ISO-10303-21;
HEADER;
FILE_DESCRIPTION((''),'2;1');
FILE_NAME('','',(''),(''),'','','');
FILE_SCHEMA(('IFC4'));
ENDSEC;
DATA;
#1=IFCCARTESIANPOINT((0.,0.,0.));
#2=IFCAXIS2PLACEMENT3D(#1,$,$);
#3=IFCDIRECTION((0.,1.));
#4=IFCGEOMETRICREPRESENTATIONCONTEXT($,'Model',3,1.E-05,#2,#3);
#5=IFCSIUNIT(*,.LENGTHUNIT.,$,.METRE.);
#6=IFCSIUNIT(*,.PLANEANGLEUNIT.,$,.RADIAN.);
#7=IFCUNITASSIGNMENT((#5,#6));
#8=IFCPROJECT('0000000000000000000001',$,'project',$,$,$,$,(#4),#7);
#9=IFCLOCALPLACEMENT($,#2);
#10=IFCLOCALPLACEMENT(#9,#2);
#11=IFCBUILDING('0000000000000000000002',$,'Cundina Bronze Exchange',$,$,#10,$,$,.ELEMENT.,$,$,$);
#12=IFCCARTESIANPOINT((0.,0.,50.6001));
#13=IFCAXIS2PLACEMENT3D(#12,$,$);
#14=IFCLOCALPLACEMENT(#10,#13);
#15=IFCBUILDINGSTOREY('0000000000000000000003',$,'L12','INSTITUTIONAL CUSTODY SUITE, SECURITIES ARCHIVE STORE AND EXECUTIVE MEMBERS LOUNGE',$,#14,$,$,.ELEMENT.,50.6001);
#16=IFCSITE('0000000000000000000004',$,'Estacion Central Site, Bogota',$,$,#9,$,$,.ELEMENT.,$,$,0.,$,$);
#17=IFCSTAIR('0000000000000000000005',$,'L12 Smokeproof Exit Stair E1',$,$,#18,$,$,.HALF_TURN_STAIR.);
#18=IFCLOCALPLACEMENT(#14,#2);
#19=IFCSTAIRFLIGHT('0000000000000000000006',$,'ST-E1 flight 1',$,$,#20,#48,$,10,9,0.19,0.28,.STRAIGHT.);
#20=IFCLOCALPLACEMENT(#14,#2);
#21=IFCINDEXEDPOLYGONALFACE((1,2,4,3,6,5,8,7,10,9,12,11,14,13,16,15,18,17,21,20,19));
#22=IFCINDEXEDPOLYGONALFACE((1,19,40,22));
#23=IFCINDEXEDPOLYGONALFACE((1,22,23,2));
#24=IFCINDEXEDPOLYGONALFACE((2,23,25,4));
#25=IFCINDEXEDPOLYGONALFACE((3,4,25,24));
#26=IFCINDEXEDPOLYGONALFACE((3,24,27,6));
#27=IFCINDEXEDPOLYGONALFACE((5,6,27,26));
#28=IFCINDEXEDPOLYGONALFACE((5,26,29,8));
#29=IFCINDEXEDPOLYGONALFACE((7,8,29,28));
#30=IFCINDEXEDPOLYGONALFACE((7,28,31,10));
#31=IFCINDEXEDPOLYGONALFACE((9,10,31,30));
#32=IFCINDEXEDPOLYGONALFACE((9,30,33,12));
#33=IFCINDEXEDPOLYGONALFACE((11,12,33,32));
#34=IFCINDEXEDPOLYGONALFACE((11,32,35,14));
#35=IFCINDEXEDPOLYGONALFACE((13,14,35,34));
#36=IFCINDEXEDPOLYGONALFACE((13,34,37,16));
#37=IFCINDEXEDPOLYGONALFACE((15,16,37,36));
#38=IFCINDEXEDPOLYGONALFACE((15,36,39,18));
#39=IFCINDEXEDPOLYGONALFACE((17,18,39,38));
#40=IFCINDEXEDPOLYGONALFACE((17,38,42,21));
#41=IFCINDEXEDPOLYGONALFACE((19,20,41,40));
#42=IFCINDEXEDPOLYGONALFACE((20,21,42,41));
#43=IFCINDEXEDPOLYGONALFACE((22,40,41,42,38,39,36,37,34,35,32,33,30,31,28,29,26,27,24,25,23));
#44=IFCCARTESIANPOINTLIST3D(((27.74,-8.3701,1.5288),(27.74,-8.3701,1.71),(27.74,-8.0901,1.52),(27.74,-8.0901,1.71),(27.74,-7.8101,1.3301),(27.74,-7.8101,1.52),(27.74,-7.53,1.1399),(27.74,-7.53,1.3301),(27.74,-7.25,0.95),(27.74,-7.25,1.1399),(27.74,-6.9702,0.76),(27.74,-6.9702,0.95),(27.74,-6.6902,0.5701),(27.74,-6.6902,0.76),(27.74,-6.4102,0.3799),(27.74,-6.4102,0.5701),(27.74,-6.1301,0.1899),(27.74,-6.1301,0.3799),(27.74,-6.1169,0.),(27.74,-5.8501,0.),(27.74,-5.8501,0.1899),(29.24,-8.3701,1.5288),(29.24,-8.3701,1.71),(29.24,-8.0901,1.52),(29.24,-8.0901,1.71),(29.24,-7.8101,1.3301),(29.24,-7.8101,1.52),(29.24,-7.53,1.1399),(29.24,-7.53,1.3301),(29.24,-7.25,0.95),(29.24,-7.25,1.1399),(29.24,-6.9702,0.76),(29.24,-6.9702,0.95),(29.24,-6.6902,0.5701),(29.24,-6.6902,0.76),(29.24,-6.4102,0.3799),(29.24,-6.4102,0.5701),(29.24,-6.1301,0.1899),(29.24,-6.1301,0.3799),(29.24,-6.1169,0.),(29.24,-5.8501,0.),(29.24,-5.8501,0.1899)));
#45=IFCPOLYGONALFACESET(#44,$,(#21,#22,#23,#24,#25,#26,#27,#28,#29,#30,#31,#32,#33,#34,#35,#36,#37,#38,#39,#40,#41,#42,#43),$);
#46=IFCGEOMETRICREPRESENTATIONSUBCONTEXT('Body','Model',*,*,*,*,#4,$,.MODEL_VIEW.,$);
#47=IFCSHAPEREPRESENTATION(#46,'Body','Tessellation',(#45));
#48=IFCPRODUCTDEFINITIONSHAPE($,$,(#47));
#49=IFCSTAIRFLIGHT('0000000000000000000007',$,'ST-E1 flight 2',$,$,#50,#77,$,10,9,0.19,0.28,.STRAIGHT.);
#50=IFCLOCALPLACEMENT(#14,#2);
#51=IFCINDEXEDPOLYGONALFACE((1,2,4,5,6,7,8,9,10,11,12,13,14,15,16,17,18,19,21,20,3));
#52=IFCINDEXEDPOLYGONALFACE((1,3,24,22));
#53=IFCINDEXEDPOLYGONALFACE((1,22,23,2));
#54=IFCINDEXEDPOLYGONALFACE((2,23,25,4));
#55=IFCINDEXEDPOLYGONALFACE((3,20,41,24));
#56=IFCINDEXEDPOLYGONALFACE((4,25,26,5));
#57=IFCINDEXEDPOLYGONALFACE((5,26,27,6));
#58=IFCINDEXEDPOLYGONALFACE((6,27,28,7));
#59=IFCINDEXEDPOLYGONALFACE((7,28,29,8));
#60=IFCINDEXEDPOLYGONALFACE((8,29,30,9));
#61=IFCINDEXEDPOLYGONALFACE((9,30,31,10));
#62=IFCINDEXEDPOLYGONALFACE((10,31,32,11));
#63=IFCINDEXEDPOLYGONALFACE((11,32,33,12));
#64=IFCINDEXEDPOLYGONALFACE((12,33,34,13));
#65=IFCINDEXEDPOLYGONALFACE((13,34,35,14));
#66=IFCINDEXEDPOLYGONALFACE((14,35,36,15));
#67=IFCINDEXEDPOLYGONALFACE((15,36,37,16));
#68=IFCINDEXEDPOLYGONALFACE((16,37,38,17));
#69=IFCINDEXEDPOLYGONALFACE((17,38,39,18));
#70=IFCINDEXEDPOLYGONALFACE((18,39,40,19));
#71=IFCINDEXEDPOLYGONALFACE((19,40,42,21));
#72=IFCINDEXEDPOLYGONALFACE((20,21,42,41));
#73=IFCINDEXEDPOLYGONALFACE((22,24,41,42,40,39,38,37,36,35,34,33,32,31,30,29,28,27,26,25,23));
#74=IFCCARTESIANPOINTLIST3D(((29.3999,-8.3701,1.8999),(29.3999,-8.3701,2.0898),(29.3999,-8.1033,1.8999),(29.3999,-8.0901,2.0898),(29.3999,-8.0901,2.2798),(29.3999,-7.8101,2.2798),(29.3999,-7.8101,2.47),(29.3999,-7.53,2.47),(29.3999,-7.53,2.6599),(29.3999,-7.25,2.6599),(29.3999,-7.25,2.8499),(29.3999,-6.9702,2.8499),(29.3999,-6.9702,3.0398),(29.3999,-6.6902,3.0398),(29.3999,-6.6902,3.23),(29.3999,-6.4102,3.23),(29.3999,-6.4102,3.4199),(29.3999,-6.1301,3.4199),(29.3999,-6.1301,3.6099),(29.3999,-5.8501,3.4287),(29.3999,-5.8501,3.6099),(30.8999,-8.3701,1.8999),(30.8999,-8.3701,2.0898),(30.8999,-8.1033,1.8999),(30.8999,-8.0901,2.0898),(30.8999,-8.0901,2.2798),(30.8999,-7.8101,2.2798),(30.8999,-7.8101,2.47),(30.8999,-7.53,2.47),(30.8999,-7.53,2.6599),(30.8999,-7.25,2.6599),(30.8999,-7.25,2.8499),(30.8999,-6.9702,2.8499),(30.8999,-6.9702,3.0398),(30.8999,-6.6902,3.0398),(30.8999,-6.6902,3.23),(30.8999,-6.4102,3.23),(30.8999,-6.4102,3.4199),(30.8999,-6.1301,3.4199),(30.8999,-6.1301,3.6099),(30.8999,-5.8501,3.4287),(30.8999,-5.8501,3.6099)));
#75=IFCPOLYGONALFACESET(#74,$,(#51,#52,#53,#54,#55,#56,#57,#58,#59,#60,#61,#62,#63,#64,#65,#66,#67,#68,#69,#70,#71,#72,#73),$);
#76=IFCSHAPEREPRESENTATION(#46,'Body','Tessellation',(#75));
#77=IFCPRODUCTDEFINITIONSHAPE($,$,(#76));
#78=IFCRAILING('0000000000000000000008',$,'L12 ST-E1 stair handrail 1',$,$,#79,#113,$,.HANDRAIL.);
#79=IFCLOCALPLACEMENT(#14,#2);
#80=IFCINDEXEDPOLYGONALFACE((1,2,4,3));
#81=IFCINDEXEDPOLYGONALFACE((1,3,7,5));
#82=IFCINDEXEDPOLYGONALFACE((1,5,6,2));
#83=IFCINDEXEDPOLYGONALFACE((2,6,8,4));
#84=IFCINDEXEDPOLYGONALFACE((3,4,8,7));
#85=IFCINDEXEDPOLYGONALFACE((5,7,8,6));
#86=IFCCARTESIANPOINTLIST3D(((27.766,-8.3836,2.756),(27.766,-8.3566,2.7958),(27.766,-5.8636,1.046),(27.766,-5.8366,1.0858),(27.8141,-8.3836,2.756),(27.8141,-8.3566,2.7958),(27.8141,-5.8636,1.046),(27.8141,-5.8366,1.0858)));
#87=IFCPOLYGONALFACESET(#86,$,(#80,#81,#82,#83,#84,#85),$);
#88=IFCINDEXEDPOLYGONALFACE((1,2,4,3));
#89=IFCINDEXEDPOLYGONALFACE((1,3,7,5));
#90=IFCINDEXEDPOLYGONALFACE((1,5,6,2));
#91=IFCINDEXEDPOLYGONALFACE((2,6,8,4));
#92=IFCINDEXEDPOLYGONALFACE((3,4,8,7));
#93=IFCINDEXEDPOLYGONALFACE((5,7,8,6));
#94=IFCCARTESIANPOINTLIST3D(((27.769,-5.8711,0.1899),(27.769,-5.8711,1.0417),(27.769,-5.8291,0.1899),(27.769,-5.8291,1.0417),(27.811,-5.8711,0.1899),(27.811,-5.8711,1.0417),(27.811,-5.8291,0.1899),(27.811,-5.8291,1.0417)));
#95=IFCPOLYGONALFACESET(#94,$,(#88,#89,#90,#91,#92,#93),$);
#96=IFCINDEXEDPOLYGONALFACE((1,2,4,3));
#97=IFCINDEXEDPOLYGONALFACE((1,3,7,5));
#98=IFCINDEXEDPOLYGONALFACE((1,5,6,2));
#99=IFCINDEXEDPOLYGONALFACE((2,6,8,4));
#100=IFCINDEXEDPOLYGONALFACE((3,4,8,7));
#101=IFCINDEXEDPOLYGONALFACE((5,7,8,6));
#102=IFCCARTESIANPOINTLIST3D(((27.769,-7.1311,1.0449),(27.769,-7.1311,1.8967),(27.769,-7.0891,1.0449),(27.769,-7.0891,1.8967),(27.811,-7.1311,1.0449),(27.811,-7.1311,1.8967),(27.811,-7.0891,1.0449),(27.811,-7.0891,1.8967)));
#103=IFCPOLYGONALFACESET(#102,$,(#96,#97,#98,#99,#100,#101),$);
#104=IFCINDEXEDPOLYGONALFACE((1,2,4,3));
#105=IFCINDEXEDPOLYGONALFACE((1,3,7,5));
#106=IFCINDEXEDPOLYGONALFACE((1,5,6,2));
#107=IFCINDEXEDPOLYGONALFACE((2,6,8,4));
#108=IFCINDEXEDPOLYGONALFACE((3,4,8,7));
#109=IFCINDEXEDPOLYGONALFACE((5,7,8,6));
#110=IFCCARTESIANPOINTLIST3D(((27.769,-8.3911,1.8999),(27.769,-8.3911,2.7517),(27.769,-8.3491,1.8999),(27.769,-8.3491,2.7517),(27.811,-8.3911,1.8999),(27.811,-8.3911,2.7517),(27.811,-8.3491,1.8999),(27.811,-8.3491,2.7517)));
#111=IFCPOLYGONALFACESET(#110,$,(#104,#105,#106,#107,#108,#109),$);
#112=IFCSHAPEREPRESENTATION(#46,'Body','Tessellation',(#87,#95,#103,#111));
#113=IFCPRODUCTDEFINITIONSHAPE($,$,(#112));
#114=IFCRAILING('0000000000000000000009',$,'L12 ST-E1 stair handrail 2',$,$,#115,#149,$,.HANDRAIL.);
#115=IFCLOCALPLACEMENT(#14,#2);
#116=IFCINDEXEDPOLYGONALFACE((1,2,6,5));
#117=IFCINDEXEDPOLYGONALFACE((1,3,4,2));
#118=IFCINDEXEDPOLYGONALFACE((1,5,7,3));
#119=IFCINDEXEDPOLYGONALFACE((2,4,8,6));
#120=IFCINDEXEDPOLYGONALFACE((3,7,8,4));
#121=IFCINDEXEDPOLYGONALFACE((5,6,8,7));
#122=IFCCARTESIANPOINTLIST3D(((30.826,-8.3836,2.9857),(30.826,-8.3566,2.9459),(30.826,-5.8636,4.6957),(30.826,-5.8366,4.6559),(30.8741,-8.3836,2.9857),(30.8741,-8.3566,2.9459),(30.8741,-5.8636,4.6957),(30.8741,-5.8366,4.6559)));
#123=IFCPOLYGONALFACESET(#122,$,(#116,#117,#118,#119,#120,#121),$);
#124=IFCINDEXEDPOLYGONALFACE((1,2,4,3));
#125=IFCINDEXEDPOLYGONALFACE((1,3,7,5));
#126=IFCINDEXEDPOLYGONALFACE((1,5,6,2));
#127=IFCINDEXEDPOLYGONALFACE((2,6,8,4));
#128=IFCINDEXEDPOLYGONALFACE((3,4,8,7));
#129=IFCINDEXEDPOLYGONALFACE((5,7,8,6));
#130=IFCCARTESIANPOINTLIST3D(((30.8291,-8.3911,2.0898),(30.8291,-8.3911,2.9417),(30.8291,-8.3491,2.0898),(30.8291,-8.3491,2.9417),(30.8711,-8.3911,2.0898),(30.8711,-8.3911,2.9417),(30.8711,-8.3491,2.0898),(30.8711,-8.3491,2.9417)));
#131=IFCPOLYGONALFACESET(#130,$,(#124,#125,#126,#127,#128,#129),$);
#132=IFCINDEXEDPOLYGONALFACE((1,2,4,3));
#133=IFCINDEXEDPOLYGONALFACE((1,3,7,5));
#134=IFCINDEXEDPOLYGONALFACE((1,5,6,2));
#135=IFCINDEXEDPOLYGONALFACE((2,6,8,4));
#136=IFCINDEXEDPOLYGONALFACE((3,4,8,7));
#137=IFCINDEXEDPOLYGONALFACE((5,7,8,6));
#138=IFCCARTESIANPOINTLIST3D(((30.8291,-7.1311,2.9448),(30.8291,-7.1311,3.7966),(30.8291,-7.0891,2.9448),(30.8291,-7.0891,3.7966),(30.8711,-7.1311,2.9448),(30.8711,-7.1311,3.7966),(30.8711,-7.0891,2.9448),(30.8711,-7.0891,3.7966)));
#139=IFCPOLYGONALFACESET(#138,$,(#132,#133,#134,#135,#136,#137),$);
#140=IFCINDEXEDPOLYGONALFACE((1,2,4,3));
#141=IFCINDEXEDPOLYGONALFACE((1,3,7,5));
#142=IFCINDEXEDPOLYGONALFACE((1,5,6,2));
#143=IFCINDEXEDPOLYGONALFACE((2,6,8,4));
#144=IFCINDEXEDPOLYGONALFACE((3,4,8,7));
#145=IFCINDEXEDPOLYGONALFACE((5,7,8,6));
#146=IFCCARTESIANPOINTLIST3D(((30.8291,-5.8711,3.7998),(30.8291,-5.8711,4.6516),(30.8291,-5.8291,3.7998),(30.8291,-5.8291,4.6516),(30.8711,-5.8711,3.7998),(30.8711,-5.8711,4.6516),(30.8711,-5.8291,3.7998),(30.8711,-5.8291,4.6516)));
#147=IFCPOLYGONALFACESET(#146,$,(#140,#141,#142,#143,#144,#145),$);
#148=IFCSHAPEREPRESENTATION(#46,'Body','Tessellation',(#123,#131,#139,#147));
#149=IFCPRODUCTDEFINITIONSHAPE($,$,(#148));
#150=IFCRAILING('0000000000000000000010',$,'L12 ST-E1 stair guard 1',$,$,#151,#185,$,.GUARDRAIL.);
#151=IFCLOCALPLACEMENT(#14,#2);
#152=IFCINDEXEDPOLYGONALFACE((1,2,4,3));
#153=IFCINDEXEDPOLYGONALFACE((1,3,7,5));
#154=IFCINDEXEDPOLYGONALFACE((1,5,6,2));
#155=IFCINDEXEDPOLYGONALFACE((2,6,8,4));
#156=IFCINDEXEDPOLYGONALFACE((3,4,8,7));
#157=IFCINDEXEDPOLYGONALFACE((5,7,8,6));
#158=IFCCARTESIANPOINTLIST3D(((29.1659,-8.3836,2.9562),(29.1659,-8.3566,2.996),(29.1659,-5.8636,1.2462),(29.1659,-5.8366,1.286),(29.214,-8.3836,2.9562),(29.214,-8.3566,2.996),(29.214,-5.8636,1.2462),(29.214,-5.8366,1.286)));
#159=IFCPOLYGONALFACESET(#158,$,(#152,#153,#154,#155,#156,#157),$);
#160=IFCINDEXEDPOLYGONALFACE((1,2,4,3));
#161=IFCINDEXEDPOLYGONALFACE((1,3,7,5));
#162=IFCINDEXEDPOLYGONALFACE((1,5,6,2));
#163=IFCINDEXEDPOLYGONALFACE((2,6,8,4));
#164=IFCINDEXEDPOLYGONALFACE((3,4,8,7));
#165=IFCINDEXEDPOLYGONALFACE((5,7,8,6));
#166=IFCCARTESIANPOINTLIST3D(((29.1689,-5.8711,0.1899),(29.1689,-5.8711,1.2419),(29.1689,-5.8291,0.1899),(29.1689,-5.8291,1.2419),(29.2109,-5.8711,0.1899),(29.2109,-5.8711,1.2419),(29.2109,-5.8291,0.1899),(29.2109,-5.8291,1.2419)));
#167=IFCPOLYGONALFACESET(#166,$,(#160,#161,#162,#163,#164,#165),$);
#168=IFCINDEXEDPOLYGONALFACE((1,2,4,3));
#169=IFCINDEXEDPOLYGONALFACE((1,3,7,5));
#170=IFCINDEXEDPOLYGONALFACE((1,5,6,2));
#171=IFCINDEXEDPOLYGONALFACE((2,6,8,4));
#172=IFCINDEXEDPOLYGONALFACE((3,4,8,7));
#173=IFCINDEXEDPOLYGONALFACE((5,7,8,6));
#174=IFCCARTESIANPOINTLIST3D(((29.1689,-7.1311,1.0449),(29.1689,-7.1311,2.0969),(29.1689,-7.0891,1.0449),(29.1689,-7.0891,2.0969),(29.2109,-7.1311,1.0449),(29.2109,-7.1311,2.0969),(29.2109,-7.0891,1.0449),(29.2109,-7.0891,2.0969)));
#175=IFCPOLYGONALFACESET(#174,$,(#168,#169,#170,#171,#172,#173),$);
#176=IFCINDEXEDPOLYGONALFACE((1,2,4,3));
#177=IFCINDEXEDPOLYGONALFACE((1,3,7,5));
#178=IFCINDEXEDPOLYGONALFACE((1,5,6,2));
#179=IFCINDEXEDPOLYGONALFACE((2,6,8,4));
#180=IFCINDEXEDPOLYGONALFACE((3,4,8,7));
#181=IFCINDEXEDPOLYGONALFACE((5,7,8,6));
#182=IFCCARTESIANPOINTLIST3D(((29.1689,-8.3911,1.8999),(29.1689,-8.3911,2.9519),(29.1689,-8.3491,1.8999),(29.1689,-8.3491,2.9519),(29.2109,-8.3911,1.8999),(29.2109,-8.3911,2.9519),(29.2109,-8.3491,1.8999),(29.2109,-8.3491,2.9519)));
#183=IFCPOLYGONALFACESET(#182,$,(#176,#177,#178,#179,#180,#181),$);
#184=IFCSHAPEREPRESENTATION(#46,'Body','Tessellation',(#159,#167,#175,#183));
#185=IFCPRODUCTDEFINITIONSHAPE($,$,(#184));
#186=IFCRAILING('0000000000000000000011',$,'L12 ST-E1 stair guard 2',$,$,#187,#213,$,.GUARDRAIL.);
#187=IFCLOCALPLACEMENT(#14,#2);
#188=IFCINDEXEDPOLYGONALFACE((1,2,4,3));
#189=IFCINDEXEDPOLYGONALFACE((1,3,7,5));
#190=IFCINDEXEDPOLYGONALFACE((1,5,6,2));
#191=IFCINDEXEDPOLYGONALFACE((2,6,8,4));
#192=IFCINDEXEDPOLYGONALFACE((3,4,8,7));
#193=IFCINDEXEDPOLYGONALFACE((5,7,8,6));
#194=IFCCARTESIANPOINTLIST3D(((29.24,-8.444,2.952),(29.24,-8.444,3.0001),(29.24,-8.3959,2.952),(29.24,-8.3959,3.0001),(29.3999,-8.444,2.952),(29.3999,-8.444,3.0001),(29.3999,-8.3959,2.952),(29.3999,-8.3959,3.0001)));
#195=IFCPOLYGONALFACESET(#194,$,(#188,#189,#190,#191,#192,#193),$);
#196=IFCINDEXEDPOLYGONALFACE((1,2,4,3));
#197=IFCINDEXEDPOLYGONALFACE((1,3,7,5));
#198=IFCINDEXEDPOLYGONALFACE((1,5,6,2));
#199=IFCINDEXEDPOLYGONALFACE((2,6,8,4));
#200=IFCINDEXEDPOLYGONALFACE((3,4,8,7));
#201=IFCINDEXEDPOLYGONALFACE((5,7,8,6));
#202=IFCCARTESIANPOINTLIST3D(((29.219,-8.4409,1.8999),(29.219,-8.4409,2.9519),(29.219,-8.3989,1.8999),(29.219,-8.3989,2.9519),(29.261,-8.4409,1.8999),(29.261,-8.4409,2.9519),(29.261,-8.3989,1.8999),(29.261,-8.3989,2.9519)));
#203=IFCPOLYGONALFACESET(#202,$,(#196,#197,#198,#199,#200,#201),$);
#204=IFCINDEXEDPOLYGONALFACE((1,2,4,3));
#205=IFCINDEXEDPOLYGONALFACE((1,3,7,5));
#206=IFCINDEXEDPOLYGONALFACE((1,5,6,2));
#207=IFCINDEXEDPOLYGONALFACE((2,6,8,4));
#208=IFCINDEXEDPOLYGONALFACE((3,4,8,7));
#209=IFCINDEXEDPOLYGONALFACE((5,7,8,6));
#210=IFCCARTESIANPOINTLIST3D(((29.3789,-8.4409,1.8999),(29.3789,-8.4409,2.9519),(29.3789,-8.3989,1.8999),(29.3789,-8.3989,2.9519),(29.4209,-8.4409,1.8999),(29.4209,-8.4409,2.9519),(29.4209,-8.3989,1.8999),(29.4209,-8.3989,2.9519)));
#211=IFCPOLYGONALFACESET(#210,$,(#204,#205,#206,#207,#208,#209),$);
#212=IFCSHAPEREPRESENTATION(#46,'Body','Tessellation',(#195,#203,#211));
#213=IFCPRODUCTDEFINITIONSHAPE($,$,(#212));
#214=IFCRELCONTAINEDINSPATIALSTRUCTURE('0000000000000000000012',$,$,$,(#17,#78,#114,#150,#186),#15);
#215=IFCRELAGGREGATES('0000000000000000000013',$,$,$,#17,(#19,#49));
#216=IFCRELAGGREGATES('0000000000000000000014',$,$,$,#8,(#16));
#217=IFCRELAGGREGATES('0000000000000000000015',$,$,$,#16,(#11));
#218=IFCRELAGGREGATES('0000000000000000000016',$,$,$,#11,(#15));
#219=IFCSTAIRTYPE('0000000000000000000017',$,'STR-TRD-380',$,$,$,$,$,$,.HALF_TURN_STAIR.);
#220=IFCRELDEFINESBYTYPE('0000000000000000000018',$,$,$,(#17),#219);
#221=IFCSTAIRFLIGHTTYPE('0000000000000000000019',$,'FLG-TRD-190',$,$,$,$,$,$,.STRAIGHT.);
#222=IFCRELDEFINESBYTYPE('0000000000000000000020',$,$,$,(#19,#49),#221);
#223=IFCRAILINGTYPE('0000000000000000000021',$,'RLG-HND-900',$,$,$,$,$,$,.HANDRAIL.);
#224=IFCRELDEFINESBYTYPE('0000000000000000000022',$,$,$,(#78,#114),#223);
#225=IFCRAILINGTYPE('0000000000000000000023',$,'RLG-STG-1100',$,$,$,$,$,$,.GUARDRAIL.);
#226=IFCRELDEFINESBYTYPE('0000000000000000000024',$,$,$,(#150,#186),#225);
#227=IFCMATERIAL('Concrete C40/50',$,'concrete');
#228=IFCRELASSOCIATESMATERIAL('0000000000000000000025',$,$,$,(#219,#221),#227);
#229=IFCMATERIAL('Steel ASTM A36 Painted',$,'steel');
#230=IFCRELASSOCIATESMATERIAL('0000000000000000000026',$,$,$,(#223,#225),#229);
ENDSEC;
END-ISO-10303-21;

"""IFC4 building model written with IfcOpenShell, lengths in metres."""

from ifc_helpers import new_model, si_unit, direction, frame, origin, origin_2d, place, context, subcontext, project, spatial, polyline, rectangle, outline, extrude, material, type_object, element, aggregate, save


model = new_model("IFC4")

# Units and contexts
model_context = context("Model", 3, precision=1e-05, world=origin(), true_north=direction((0.0, 1.0)))
body_context = subcontext(model_context, "Body", "Model", "MODEL_VIEW")
ifc_project = project(units=[si_unit("LENGTHUNIT", "METRE"), si_unit("PLANEANGLEUNIT", "RADIAN")], contexts=[model_context])

# Site, building, storey
site_placement = place(None, origin())
site = spatial("IfcSite", under=ifc_project, at=site_placement, Name="Estacion Central Site, Bogota", CompositionType="ELEMENT", RefElevation=0.0)
building_placement = place(site_placement, origin())
building = spatial("IfcBuilding", under=site, at=building_placement, Name="Cundina Bronze Exchange", CompositionType="ELEMENT")
storey_placement = place(building_placement, frame((0.0, 0.0, 50.6001)))
storey = spatial("IfcBuildingStorey", under=building, at=storey_placement, Name="L12", Description="INSTITUTIONAL CUSTODY SUITE, SECURITIES ARCHIVE STORE AND EXECUTIVE MEMBERS LOUNGE", CompositionType="ELEMENT", Elevation=50.6001)

# Stair, stair flights
ifc_material_1 = material(Name="Concrete C40/50", Category="concrete")
stair_type = type_object("IfcStairType", Name="STR-TRD-380", PredefinedType="HALF_TURN_STAIR", material=ifc_material_1)
stair_placement = place(storey_placement, origin())
stair = element("IfcStair", 1, at=stair_placement, inside=storey, type_object=stair_type, Name="L12 Smokeproof Exit Stair E1", PredefinedType="HALF_TURN_STAIR")
stair_flight_type = type_object("IfcStairFlightType", Name="FLG-TRD-190", PredefinedType="STRAIGHT", material=ifc_material_1)
stair_flight_1_placement = place(storey_placement, frame((28.49, -5.8501, 0.0), z_axis=(0.0, 0.0, 1.0), x_axis=(0.0, -1.0, 0.0)))
stair_flight_1 = element("IfcStairFlight", 2, at=stair_flight_1_placement, type_object=stair_flight_type, Name="ST-E1 flight 1", NumberOfRisers=10, NumberOfTreads=9, PredefinedType="STRAIGHT", RiserHeight=0.19, TreadLength=0.28, context=body_context, shape_type="SweptSolid", body=[
    extrude(outline(polyline([(0.0, 0.0), (0.0, 0.1899), (0.28, 0.1899), (0.28, 0.3799), (0.5601, 0.3799), (0.5601, 0.5701), (0.8401, 0.5701), (0.8401, 0.76), (1.1201, 0.76), (1.1201, 0.95), (1.3999, 0.95), (1.3999, 1.1399), (1.6799, 1.1399), (1.6799, 1.3301), (1.96, 1.3301), (1.96, 1.52), (2.24, 1.52), (2.24, 1.71), (2.52, 1.71), (2.52, 1.8999), (2.52, 1.5288), (0.2668, 0.0), (0.0, 0.0)])), frame((0.0, 0.75, 0.0), z_axis=(0.0, -1.0, 0.0), x_axis=(1.0, 0.0, 0.0)), (0.0, 0.0, 1.0), 1.5),
])
stair_flight_2_placement = place(storey_placement, frame((30.1499, -8.3701, 1.8999), z_axis=(0.0, 0.0, 1.0), x_axis=(0.0, 1.0, 0.0)))
stair_flight_2 = element("IfcStairFlight", 3, at=stair_flight_2_placement, type_object=stair_flight_type, Name="ST-E1 flight 2", NumberOfRisers=10, NumberOfTreads=9, PredefinedType="STRAIGHT", RiserHeight=0.19, TreadLength=0.28, context=body_context, shape_type="SweptSolid", body=[
    extrude(outline(polyline([(0.0, 0.0), (0.0, 0.1899), (0.28, 0.1899), (0.28, 0.3799), (0.5601, 0.3799), (0.5601, 0.5701), (0.8401, 0.5701), (0.8401, 0.76), (1.1201, 0.76), (1.1201, 0.95), (1.3999, 0.95), (1.3999, 1.1399), (1.6799, 1.1399), (1.6799, 1.3301), (1.96, 1.3301), (1.96, 1.52), (2.24, 1.52), (2.24, 1.71), (2.52, 1.71), (2.52, 1.8999), (2.52, 1.5288), (0.2668, 0.0), (0.0, 0.0)])), frame((0.0, 0.75, 0.0), z_axis=(0.0, -1.0, 0.0), x_axis=(1.0, 0.0, 0.0)), (0.0, 0.0, 1.0), 1.5),
])
aggregate(stair, [stair_flight_1, stair_flight_2])

# Railings
ifc_material_2 = material(Name="Steel ASTM A36 Painted", Category="steel")
railing_type_1 = type_object("IfcRailingType", Name="RLG-HND-900", PredefinedType="HANDRAIL", material=ifc_material_2)
railing_1_placement = place(storey_placement, frame((27.79, -5.8501, 0.1899)))
element("IfcRailing", 4, at=railing_1_placement, inside=storey, type_object=railing_type_1, Name="L12 ST-E1 stair handrail 1", PredefinedType="HANDRAIL", context=body_context, shape_type="SweptSolid", body=[
    extrude(rectangle(XDim=0.0481, YDim=0.0481, at=origin_2d()), frame((0.0, 0.0, 0.876), z_axis=(0.0, -0.827484, 0.56149), x_axis=(1.0, 0.0, 0.0)), (0.0, 0.0, 1.0), 3.0454),
    extrude(rectangle(XDim=0.042, YDim=0.042, at=origin_2d()), origin(), (0.0, 0.0, 1.0), 0.8518),
    extrude(rectangle(XDim=0.042, YDim=0.042, at=origin_2d()), frame((0.0, -1.26, 0.855)), (0.0, 0.0, 1.0), 0.8518),
    extrude(rectangle(XDim=0.042, YDim=0.042, at=origin_2d()), frame((0.0, -2.52, 1.71)), (0.0, 0.0, 1.0), 0.8518),
])
railing_2_placement = place(storey_placement, frame((30.8501, -8.3701, 2.0898)))
element("IfcRailing", 5, at=railing_2_placement, inside=storey, type_object=railing_type_1, Name="L12 ST-E1 stair handrail 2", PredefinedType="HANDRAIL", context=body_context, shape_type="SweptSolid", body=[
    extrude(rectangle(XDim=0.0481, YDim=0.0481, at=origin_2d()), frame((0.0, 0.0, 0.876), z_axis=(0.0, 0.827484, 0.56149), x_axis=(-1.0, 0.0, 0.0)), (0.0, 0.0, 1.0), 3.0454),
    extrude(rectangle(XDim=0.042, YDim=0.042, at=origin_2d()), origin(), (0.0, 0.0, 1.0), 0.8518),
    extrude(rectangle(XDim=0.042, YDim=0.042, at=origin_2d()), frame((0.0, 1.26, 0.855)), (0.0, 0.0, 1.0), 0.8518),
    extrude(rectangle(XDim=0.042, YDim=0.042, at=origin_2d()), frame((0.0, 2.52, 1.71)), (0.0, 0.0, 1.0), 0.8518),
])
railing_type_2 = type_object("IfcRailingType", Name="RLG-STG-1100", PredefinedType="GUARDRAIL", material=ifc_material_2)
railing_3_placement = place(storey_placement, frame((29.1899, -5.8501, 0.1899)))
element("IfcRailing", 6, at=railing_3_placement, inside=storey, type_object=railing_type_2, Name="L12 ST-E1 stair guard 1", PredefinedType="GUARDRAIL", context=body_context, shape_type="SweptSolid", body=[
    extrude(rectangle(XDim=0.0481, YDim=0.0481, at=origin_2d()), frame((0.0, 0.0, 1.0762), z_axis=(0.0, -0.827484, 0.56149), x_axis=(1.0, 0.0, 0.0)), (0.0, 0.0, 1.0), 3.0454),
    extrude(rectangle(XDim=0.042, YDim=0.042, at=origin_2d()), origin(), (0.0, 0.0, 1.0), 1.052),
    extrude(rectangle(XDim=0.042, YDim=0.042, at=origin_2d()), frame((0.0, -1.26, 0.855)), (0.0, 0.0, 1.0), 1.052),
    extrude(rectangle(XDim=0.042, YDim=0.042, at=origin_2d()), frame((0.0, -2.52, 1.71)), (0.0, 0.0, 1.0), 1.052),
])
railing_4_placement = place(storey_placement, frame((29.24, -8.4199, 1.8999)))
element("IfcRailing", 7, at=railing_4_placement, inside=storey, type_object=railing_type_2, Name="L12 ST-E1 stair guard 2", PredefinedType="GUARDRAIL", context=body_context, shape_type="SweptSolid", body=[
    extrude(rectangle(XDim=0.0481, YDim=0.0481, at=origin_2d()), frame((0.0, 0.0, 1.0762), z_axis=(1.0, 0.0, 0.0), x_axis=(0.0, 1.0, 0.0)), (0.0, 0.0, 1.0), 0.1599),
    extrude(rectangle(XDim=0.042, YDim=0.042, at=origin_2d()), origin(), (0.0, 0.0, 1.0), 1.052),
    extrude(rectangle(XDim=0.042, YDim=0.042, at=origin_2d()), frame((0.1599, 0.0, 0.0)), (0.0, 0.0, 1.0), 1.052),
])

save(model, "model.ifc")
